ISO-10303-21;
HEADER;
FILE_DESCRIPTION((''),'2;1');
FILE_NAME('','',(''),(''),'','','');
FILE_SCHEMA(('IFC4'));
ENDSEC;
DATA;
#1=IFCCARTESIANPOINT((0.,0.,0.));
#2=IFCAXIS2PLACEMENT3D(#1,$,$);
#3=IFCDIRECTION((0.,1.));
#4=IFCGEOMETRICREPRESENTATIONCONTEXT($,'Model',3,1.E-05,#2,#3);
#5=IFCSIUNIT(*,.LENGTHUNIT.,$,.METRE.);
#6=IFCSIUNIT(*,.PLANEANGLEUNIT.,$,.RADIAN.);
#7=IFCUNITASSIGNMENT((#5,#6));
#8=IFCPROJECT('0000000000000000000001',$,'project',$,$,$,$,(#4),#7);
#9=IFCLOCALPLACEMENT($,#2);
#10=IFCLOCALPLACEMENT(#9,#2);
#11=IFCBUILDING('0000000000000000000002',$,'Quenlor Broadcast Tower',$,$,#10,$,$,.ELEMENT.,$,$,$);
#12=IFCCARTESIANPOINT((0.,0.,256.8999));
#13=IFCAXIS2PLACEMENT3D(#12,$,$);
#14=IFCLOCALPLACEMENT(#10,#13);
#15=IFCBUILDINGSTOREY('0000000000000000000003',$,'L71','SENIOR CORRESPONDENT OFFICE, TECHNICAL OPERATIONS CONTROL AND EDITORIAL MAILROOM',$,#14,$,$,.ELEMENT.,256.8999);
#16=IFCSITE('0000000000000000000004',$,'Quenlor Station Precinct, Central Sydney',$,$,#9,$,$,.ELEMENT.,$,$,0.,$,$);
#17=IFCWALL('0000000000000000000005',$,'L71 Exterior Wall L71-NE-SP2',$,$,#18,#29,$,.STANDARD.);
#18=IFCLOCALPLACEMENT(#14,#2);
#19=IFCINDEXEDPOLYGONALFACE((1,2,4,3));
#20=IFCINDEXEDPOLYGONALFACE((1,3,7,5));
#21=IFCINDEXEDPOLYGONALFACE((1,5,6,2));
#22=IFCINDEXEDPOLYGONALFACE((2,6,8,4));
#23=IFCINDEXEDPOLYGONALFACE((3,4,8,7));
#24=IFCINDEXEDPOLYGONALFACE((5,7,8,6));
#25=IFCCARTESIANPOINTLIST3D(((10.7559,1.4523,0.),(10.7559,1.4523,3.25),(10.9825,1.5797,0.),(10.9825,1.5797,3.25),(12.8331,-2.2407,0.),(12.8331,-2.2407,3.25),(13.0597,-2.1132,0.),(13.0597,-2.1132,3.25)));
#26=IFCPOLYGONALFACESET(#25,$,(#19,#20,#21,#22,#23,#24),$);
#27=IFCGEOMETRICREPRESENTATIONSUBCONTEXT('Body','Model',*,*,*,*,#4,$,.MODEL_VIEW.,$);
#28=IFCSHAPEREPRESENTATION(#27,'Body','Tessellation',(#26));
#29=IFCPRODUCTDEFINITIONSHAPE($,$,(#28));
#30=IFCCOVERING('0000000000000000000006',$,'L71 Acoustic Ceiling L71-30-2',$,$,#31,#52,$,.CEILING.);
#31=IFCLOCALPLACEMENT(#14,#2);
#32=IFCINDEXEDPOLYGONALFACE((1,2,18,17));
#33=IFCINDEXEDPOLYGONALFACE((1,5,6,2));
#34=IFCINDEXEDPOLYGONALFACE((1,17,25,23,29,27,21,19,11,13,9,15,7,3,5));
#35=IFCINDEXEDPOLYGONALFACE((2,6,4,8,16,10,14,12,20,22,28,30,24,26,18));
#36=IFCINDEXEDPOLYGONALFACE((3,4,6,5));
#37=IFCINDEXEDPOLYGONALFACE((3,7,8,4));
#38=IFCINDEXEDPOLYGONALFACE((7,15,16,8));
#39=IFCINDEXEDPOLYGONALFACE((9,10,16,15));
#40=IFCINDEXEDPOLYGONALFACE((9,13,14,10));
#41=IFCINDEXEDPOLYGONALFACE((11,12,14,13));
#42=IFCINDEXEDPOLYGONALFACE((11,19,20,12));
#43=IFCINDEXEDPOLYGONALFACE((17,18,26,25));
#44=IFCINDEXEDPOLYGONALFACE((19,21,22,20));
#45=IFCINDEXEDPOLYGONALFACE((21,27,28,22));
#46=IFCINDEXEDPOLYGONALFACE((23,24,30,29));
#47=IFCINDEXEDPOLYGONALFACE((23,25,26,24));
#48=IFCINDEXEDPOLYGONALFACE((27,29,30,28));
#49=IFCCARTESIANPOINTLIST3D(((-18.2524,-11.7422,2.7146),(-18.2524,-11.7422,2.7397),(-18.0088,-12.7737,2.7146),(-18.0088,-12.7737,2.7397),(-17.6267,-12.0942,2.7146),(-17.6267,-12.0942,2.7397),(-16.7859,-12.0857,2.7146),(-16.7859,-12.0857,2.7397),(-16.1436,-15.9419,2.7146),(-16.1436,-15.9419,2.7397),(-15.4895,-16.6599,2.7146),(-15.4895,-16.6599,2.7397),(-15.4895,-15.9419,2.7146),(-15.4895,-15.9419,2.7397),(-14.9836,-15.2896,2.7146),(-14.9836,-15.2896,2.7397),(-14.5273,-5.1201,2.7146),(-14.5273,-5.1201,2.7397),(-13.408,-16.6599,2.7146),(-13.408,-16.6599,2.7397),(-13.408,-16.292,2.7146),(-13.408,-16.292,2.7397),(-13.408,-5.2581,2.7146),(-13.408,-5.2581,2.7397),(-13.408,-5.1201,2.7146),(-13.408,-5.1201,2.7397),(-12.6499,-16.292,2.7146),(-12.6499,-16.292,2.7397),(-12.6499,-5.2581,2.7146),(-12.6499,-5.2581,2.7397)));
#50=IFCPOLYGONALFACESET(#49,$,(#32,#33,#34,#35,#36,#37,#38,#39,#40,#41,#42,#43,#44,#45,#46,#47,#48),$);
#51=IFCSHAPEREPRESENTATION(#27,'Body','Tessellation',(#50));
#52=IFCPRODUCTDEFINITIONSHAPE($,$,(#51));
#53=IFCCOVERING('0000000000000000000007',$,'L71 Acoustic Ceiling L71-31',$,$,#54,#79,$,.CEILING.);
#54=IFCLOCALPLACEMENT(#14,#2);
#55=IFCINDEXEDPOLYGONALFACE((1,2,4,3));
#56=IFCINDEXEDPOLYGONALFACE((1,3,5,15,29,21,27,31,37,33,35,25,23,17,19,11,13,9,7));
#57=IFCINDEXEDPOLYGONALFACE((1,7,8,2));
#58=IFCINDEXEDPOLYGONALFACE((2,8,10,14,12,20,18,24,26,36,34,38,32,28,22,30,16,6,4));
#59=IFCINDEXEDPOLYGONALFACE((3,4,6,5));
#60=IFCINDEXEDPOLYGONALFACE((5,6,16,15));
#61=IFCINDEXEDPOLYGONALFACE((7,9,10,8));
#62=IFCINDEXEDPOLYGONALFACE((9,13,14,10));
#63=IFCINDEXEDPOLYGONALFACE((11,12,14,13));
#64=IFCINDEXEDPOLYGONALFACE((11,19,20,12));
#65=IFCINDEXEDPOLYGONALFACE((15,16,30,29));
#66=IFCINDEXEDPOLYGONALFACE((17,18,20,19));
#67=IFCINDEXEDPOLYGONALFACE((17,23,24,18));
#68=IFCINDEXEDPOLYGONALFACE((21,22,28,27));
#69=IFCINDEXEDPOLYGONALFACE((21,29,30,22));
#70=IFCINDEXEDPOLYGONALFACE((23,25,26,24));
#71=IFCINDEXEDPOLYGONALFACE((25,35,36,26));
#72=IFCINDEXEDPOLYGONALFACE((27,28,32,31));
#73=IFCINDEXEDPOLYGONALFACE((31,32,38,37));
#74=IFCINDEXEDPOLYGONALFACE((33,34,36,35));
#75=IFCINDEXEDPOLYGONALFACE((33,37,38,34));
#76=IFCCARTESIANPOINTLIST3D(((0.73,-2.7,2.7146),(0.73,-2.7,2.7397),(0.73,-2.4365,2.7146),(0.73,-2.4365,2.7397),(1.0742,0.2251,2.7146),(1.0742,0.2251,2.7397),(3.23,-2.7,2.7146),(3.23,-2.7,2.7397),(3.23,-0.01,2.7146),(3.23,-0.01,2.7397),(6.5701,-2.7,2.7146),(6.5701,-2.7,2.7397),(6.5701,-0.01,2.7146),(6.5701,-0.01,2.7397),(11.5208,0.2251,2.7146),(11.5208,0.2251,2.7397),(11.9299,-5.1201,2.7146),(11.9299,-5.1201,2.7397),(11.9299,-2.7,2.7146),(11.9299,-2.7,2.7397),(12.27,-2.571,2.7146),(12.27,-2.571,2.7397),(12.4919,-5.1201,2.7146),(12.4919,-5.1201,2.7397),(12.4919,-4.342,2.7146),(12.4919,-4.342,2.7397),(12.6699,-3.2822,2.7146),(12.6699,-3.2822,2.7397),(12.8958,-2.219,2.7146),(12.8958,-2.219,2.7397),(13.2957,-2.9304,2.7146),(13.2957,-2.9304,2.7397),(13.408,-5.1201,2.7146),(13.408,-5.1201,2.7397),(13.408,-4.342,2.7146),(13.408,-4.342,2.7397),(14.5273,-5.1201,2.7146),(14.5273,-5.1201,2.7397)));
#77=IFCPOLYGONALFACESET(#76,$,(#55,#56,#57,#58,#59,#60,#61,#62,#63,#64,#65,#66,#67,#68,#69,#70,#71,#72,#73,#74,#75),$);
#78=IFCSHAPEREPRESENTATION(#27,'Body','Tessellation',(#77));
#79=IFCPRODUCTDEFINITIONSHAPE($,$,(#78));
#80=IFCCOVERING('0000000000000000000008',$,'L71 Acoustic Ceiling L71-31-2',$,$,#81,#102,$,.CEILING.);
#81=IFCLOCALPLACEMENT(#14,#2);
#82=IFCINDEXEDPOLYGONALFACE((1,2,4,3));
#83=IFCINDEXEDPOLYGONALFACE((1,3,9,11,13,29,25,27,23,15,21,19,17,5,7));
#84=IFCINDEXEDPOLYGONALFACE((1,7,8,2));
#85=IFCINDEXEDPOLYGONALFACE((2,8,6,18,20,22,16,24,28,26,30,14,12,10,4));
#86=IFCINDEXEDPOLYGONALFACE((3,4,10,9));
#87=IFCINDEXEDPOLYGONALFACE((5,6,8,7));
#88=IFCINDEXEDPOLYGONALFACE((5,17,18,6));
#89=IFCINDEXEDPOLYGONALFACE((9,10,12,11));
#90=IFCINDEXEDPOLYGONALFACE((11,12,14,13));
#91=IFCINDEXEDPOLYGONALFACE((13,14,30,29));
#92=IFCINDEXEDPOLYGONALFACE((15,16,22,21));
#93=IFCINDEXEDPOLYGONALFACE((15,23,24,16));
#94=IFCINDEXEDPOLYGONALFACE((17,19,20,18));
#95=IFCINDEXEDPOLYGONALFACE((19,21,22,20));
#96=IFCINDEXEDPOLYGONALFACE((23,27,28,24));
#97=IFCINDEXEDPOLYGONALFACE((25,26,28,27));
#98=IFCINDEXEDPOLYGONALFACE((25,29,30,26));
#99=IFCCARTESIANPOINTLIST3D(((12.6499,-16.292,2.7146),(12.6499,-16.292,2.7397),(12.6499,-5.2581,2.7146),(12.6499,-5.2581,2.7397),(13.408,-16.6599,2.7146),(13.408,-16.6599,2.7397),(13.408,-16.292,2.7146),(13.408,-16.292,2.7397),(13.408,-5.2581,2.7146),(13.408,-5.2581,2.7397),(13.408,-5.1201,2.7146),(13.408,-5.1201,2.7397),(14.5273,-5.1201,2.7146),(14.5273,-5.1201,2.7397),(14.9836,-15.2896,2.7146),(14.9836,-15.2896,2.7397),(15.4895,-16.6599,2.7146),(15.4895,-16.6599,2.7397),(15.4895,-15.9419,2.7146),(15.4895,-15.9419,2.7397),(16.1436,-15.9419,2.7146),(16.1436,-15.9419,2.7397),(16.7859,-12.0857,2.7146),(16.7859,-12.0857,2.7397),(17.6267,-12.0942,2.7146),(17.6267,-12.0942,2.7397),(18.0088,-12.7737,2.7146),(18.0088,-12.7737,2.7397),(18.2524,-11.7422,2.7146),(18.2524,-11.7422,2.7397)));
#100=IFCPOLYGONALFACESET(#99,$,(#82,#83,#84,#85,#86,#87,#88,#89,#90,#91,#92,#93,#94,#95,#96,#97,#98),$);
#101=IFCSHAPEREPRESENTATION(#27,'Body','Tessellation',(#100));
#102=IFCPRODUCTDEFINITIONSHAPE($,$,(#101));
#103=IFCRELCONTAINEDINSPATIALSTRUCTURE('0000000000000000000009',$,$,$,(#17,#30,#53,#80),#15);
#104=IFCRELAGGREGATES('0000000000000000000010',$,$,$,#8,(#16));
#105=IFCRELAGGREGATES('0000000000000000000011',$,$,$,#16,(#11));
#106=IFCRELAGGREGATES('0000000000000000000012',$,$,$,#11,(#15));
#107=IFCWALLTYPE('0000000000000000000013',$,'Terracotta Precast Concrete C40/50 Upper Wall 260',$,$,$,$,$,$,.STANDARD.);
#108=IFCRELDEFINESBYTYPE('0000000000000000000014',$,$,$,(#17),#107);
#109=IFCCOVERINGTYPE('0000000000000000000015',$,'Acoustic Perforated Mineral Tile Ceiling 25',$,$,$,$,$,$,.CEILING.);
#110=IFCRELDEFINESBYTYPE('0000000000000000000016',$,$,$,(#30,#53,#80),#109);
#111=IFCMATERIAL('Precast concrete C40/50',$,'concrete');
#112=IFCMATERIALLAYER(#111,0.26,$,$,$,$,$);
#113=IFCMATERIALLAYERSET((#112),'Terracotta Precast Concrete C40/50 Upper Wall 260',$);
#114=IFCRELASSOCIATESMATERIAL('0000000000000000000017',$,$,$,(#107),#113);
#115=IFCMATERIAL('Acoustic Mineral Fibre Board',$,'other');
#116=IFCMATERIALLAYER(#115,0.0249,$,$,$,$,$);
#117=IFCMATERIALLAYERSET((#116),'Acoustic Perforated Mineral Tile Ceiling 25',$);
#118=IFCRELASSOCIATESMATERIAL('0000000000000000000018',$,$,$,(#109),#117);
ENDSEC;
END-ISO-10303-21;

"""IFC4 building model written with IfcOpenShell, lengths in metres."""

from ifc_helpers import new_model, si_unit, direction, frame, frame_2d, origin, place, context, subcontext, project, spatial, polyline, rectangle, outline, extrude, material, layer, layer_set, type_object, element, save


model = new_model("IFC4")

# Units and contexts
model_context = context("Model", 3, precision=1e-05, world=origin(), true_north=direction((0.0, 1.0)))
body_context = subcontext(model_context, "Body", "Model", "MODEL_VIEW")
ifc_project = project(units=[si_unit("LENGTHUNIT", "METRE"), si_unit("PLANEANGLEUNIT", "RADIAN")], contexts=[model_context])

# Site, building, storey
site_placement = place(None, origin())
site = spatial("IfcSite", under=ifc_project, at=site_placement, Name="Quenlor Station Precinct, Central Sydney", CompositionType="ELEMENT", RefElevation=0.0)
building_placement = place(site_placement, origin())
building = spatial("IfcBuilding", under=site, at=building_placement, Name="Quenlor Broadcast Tower", CompositionType="ELEMENT")
storey_placement = place(building_placement, frame((0.0, 0.0, 256.8999)))
storey = spatial("IfcBuildingStorey", under=building, at=storey_placement, Name="L71", Description="SENIOR CORRESPONDENT OFFICE, TECHNICAL OPERATIONS CONTROL AND EDITORIAL MAILROOM", CompositionType="ELEMENT", Elevation=256.8999)

# Wall
ifc_material_1 = material(Name="Precast concrete C40/50", Category="concrete")
ifc_layer_1 = layer(ifc_material_1, 0.26)
ifc_layer_set_1 = layer_set([ifc_layer_1], Name="Terracotta Precast Concrete C40/50 Upper Wall 260")
wall_type_1 = type_object("IfcWallType", Name="Terracotta Precast Concrete C40/50 Upper Wall 260", PredefinedType="STANDARD", material=ifc_layer_set_1)
wall_1_placement = place(storey_placement, frame((10.8691, 1.5161, 0.0), z_axis=(0.0, 0.0, 1.0), x_axis=(0.490245, -0.871585, 0.0)))
element("IfcWall", 1, at=wall_1_placement, inside=storey, type_object=wall_type_1, Name="L71 Exterior Wall L71-NE-SP2", PredefinedType="STANDARD", context=body_context, shape_type="SweptSolid", body=[
    extrude(rectangle(XDim=4.2371, YDim=0.26, at=frame_2d((2.1187, 0.0))), origin(), (0.0, 0.0, 1.0), 3.25),
])

# Coverings
ifc_material_2 = material(Name="Acoustic Mineral Fibre Board", Category="other")
ifc_layer_2 = layer(ifc_material_2, 0.0249)
ifc_layer_set_2 = layer_set([ifc_layer_2], Name="Acoustic Perforated Mineral Tile Ceiling 25")
covering_type = type_object("IfcCoveringType", Name="Acoustic Perforated Mineral Tile Ceiling 25", PredefinedType="CEILING", material=ifc_layer_set_2)
covering_1_placement = place(storey_placement, frame((0.0, 0.0, 2.7146)))
element("IfcCovering", 2, at=covering_1_placement, inside=storey, type_object=covering_type, Name="L71 Acoustic Ceiling L71-30-2", PredefinedType="CEILING", context=body_context, shape_type="SweptSolid", body=[
    extrude(outline(polyline([(-18.2524, -11.7422), (-14.5273, -5.1201), (-13.408, -5.1201), (-13.408, -5.2581), (-12.6499, -5.2581), (-12.6499, -16.292), (-13.408, -16.292), (-13.408, -16.6599), (-15.4895, -16.6599), (-15.4895, -15.9419), (-16.1436, -15.9419), (-14.9836, -15.2896), (-16.7859, -12.0857), (-18.0088, -12.7737), (-17.6267, -12.0942), (-18.2524, -11.7422)])), origin(), (0.0, 0.0, 1.0), 0.0251),
])
covering_2_placement = place(storey_placement, frame((0.0, 0.0, 2.7146)))
element("IfcCovering", 3, at=covering_2_placement, inside=storey, type_object=covering_type, Name="L71 Acoustic Ceiling L71-31", PredefinedType="CEILING", context=body_context, shape_type="SweptSolid", body=[
    extrude(outline(polyline([(13.408, -4.342), (12.4919, -4.342), (12.4919, -5.1201), (11.9299, -5.1201), (11.9299, -2.7), (6.5701, -2.7), (6.5701, -0.01), (3.23, -0.01), (3.23, -2.7), (0.73, -2.7), (0.73, -2.4365), (1.0742, 0.2251), (11.5208, 0.2251), (12.8958, -2.219), (12.27, -2.571), (12.6699, -3.2822), (13.2957, -2.9304), (14.5273, -5.1201), (13.408, -5.1201), (13.408, -4.342)])), origin(), (0.0, 0.0, 1.0), 0.0251),
])
covering_3_placement = place(storey_placement, frame((0.0, 0.0, 2.7146)))
element("IfcCovering", 4, at=covering_3_placement, inside=storey, type_object=covering_type, Name="L71 Acoustic Ceiling L71-31-2", PredefinedType="CEILING", context=body_context, shape_type="SweptSolid", body=[
    extrude(outline(polyline([(13.408, -5.1201), (14.5273, -5.1201), (18.2524, -11.7422), (17.6267, -12.0942), (18.0088, -12.7737), (16.7859, -12.0857), (14.9836, -15.2896), (16.1436, -15.9419), (15.4895, -15.9419), (15.4895, -16.6599), (13.408, -16.6599), (13.408, -16.292), (12.6499, -16.292), (12.6499, -5.2581), (13.408, -5.2581), (13.408, -5.1201)])), origin(), (0.0, 0.0, 1.0), 0.0251),
])

save(model, "model.ifc")
